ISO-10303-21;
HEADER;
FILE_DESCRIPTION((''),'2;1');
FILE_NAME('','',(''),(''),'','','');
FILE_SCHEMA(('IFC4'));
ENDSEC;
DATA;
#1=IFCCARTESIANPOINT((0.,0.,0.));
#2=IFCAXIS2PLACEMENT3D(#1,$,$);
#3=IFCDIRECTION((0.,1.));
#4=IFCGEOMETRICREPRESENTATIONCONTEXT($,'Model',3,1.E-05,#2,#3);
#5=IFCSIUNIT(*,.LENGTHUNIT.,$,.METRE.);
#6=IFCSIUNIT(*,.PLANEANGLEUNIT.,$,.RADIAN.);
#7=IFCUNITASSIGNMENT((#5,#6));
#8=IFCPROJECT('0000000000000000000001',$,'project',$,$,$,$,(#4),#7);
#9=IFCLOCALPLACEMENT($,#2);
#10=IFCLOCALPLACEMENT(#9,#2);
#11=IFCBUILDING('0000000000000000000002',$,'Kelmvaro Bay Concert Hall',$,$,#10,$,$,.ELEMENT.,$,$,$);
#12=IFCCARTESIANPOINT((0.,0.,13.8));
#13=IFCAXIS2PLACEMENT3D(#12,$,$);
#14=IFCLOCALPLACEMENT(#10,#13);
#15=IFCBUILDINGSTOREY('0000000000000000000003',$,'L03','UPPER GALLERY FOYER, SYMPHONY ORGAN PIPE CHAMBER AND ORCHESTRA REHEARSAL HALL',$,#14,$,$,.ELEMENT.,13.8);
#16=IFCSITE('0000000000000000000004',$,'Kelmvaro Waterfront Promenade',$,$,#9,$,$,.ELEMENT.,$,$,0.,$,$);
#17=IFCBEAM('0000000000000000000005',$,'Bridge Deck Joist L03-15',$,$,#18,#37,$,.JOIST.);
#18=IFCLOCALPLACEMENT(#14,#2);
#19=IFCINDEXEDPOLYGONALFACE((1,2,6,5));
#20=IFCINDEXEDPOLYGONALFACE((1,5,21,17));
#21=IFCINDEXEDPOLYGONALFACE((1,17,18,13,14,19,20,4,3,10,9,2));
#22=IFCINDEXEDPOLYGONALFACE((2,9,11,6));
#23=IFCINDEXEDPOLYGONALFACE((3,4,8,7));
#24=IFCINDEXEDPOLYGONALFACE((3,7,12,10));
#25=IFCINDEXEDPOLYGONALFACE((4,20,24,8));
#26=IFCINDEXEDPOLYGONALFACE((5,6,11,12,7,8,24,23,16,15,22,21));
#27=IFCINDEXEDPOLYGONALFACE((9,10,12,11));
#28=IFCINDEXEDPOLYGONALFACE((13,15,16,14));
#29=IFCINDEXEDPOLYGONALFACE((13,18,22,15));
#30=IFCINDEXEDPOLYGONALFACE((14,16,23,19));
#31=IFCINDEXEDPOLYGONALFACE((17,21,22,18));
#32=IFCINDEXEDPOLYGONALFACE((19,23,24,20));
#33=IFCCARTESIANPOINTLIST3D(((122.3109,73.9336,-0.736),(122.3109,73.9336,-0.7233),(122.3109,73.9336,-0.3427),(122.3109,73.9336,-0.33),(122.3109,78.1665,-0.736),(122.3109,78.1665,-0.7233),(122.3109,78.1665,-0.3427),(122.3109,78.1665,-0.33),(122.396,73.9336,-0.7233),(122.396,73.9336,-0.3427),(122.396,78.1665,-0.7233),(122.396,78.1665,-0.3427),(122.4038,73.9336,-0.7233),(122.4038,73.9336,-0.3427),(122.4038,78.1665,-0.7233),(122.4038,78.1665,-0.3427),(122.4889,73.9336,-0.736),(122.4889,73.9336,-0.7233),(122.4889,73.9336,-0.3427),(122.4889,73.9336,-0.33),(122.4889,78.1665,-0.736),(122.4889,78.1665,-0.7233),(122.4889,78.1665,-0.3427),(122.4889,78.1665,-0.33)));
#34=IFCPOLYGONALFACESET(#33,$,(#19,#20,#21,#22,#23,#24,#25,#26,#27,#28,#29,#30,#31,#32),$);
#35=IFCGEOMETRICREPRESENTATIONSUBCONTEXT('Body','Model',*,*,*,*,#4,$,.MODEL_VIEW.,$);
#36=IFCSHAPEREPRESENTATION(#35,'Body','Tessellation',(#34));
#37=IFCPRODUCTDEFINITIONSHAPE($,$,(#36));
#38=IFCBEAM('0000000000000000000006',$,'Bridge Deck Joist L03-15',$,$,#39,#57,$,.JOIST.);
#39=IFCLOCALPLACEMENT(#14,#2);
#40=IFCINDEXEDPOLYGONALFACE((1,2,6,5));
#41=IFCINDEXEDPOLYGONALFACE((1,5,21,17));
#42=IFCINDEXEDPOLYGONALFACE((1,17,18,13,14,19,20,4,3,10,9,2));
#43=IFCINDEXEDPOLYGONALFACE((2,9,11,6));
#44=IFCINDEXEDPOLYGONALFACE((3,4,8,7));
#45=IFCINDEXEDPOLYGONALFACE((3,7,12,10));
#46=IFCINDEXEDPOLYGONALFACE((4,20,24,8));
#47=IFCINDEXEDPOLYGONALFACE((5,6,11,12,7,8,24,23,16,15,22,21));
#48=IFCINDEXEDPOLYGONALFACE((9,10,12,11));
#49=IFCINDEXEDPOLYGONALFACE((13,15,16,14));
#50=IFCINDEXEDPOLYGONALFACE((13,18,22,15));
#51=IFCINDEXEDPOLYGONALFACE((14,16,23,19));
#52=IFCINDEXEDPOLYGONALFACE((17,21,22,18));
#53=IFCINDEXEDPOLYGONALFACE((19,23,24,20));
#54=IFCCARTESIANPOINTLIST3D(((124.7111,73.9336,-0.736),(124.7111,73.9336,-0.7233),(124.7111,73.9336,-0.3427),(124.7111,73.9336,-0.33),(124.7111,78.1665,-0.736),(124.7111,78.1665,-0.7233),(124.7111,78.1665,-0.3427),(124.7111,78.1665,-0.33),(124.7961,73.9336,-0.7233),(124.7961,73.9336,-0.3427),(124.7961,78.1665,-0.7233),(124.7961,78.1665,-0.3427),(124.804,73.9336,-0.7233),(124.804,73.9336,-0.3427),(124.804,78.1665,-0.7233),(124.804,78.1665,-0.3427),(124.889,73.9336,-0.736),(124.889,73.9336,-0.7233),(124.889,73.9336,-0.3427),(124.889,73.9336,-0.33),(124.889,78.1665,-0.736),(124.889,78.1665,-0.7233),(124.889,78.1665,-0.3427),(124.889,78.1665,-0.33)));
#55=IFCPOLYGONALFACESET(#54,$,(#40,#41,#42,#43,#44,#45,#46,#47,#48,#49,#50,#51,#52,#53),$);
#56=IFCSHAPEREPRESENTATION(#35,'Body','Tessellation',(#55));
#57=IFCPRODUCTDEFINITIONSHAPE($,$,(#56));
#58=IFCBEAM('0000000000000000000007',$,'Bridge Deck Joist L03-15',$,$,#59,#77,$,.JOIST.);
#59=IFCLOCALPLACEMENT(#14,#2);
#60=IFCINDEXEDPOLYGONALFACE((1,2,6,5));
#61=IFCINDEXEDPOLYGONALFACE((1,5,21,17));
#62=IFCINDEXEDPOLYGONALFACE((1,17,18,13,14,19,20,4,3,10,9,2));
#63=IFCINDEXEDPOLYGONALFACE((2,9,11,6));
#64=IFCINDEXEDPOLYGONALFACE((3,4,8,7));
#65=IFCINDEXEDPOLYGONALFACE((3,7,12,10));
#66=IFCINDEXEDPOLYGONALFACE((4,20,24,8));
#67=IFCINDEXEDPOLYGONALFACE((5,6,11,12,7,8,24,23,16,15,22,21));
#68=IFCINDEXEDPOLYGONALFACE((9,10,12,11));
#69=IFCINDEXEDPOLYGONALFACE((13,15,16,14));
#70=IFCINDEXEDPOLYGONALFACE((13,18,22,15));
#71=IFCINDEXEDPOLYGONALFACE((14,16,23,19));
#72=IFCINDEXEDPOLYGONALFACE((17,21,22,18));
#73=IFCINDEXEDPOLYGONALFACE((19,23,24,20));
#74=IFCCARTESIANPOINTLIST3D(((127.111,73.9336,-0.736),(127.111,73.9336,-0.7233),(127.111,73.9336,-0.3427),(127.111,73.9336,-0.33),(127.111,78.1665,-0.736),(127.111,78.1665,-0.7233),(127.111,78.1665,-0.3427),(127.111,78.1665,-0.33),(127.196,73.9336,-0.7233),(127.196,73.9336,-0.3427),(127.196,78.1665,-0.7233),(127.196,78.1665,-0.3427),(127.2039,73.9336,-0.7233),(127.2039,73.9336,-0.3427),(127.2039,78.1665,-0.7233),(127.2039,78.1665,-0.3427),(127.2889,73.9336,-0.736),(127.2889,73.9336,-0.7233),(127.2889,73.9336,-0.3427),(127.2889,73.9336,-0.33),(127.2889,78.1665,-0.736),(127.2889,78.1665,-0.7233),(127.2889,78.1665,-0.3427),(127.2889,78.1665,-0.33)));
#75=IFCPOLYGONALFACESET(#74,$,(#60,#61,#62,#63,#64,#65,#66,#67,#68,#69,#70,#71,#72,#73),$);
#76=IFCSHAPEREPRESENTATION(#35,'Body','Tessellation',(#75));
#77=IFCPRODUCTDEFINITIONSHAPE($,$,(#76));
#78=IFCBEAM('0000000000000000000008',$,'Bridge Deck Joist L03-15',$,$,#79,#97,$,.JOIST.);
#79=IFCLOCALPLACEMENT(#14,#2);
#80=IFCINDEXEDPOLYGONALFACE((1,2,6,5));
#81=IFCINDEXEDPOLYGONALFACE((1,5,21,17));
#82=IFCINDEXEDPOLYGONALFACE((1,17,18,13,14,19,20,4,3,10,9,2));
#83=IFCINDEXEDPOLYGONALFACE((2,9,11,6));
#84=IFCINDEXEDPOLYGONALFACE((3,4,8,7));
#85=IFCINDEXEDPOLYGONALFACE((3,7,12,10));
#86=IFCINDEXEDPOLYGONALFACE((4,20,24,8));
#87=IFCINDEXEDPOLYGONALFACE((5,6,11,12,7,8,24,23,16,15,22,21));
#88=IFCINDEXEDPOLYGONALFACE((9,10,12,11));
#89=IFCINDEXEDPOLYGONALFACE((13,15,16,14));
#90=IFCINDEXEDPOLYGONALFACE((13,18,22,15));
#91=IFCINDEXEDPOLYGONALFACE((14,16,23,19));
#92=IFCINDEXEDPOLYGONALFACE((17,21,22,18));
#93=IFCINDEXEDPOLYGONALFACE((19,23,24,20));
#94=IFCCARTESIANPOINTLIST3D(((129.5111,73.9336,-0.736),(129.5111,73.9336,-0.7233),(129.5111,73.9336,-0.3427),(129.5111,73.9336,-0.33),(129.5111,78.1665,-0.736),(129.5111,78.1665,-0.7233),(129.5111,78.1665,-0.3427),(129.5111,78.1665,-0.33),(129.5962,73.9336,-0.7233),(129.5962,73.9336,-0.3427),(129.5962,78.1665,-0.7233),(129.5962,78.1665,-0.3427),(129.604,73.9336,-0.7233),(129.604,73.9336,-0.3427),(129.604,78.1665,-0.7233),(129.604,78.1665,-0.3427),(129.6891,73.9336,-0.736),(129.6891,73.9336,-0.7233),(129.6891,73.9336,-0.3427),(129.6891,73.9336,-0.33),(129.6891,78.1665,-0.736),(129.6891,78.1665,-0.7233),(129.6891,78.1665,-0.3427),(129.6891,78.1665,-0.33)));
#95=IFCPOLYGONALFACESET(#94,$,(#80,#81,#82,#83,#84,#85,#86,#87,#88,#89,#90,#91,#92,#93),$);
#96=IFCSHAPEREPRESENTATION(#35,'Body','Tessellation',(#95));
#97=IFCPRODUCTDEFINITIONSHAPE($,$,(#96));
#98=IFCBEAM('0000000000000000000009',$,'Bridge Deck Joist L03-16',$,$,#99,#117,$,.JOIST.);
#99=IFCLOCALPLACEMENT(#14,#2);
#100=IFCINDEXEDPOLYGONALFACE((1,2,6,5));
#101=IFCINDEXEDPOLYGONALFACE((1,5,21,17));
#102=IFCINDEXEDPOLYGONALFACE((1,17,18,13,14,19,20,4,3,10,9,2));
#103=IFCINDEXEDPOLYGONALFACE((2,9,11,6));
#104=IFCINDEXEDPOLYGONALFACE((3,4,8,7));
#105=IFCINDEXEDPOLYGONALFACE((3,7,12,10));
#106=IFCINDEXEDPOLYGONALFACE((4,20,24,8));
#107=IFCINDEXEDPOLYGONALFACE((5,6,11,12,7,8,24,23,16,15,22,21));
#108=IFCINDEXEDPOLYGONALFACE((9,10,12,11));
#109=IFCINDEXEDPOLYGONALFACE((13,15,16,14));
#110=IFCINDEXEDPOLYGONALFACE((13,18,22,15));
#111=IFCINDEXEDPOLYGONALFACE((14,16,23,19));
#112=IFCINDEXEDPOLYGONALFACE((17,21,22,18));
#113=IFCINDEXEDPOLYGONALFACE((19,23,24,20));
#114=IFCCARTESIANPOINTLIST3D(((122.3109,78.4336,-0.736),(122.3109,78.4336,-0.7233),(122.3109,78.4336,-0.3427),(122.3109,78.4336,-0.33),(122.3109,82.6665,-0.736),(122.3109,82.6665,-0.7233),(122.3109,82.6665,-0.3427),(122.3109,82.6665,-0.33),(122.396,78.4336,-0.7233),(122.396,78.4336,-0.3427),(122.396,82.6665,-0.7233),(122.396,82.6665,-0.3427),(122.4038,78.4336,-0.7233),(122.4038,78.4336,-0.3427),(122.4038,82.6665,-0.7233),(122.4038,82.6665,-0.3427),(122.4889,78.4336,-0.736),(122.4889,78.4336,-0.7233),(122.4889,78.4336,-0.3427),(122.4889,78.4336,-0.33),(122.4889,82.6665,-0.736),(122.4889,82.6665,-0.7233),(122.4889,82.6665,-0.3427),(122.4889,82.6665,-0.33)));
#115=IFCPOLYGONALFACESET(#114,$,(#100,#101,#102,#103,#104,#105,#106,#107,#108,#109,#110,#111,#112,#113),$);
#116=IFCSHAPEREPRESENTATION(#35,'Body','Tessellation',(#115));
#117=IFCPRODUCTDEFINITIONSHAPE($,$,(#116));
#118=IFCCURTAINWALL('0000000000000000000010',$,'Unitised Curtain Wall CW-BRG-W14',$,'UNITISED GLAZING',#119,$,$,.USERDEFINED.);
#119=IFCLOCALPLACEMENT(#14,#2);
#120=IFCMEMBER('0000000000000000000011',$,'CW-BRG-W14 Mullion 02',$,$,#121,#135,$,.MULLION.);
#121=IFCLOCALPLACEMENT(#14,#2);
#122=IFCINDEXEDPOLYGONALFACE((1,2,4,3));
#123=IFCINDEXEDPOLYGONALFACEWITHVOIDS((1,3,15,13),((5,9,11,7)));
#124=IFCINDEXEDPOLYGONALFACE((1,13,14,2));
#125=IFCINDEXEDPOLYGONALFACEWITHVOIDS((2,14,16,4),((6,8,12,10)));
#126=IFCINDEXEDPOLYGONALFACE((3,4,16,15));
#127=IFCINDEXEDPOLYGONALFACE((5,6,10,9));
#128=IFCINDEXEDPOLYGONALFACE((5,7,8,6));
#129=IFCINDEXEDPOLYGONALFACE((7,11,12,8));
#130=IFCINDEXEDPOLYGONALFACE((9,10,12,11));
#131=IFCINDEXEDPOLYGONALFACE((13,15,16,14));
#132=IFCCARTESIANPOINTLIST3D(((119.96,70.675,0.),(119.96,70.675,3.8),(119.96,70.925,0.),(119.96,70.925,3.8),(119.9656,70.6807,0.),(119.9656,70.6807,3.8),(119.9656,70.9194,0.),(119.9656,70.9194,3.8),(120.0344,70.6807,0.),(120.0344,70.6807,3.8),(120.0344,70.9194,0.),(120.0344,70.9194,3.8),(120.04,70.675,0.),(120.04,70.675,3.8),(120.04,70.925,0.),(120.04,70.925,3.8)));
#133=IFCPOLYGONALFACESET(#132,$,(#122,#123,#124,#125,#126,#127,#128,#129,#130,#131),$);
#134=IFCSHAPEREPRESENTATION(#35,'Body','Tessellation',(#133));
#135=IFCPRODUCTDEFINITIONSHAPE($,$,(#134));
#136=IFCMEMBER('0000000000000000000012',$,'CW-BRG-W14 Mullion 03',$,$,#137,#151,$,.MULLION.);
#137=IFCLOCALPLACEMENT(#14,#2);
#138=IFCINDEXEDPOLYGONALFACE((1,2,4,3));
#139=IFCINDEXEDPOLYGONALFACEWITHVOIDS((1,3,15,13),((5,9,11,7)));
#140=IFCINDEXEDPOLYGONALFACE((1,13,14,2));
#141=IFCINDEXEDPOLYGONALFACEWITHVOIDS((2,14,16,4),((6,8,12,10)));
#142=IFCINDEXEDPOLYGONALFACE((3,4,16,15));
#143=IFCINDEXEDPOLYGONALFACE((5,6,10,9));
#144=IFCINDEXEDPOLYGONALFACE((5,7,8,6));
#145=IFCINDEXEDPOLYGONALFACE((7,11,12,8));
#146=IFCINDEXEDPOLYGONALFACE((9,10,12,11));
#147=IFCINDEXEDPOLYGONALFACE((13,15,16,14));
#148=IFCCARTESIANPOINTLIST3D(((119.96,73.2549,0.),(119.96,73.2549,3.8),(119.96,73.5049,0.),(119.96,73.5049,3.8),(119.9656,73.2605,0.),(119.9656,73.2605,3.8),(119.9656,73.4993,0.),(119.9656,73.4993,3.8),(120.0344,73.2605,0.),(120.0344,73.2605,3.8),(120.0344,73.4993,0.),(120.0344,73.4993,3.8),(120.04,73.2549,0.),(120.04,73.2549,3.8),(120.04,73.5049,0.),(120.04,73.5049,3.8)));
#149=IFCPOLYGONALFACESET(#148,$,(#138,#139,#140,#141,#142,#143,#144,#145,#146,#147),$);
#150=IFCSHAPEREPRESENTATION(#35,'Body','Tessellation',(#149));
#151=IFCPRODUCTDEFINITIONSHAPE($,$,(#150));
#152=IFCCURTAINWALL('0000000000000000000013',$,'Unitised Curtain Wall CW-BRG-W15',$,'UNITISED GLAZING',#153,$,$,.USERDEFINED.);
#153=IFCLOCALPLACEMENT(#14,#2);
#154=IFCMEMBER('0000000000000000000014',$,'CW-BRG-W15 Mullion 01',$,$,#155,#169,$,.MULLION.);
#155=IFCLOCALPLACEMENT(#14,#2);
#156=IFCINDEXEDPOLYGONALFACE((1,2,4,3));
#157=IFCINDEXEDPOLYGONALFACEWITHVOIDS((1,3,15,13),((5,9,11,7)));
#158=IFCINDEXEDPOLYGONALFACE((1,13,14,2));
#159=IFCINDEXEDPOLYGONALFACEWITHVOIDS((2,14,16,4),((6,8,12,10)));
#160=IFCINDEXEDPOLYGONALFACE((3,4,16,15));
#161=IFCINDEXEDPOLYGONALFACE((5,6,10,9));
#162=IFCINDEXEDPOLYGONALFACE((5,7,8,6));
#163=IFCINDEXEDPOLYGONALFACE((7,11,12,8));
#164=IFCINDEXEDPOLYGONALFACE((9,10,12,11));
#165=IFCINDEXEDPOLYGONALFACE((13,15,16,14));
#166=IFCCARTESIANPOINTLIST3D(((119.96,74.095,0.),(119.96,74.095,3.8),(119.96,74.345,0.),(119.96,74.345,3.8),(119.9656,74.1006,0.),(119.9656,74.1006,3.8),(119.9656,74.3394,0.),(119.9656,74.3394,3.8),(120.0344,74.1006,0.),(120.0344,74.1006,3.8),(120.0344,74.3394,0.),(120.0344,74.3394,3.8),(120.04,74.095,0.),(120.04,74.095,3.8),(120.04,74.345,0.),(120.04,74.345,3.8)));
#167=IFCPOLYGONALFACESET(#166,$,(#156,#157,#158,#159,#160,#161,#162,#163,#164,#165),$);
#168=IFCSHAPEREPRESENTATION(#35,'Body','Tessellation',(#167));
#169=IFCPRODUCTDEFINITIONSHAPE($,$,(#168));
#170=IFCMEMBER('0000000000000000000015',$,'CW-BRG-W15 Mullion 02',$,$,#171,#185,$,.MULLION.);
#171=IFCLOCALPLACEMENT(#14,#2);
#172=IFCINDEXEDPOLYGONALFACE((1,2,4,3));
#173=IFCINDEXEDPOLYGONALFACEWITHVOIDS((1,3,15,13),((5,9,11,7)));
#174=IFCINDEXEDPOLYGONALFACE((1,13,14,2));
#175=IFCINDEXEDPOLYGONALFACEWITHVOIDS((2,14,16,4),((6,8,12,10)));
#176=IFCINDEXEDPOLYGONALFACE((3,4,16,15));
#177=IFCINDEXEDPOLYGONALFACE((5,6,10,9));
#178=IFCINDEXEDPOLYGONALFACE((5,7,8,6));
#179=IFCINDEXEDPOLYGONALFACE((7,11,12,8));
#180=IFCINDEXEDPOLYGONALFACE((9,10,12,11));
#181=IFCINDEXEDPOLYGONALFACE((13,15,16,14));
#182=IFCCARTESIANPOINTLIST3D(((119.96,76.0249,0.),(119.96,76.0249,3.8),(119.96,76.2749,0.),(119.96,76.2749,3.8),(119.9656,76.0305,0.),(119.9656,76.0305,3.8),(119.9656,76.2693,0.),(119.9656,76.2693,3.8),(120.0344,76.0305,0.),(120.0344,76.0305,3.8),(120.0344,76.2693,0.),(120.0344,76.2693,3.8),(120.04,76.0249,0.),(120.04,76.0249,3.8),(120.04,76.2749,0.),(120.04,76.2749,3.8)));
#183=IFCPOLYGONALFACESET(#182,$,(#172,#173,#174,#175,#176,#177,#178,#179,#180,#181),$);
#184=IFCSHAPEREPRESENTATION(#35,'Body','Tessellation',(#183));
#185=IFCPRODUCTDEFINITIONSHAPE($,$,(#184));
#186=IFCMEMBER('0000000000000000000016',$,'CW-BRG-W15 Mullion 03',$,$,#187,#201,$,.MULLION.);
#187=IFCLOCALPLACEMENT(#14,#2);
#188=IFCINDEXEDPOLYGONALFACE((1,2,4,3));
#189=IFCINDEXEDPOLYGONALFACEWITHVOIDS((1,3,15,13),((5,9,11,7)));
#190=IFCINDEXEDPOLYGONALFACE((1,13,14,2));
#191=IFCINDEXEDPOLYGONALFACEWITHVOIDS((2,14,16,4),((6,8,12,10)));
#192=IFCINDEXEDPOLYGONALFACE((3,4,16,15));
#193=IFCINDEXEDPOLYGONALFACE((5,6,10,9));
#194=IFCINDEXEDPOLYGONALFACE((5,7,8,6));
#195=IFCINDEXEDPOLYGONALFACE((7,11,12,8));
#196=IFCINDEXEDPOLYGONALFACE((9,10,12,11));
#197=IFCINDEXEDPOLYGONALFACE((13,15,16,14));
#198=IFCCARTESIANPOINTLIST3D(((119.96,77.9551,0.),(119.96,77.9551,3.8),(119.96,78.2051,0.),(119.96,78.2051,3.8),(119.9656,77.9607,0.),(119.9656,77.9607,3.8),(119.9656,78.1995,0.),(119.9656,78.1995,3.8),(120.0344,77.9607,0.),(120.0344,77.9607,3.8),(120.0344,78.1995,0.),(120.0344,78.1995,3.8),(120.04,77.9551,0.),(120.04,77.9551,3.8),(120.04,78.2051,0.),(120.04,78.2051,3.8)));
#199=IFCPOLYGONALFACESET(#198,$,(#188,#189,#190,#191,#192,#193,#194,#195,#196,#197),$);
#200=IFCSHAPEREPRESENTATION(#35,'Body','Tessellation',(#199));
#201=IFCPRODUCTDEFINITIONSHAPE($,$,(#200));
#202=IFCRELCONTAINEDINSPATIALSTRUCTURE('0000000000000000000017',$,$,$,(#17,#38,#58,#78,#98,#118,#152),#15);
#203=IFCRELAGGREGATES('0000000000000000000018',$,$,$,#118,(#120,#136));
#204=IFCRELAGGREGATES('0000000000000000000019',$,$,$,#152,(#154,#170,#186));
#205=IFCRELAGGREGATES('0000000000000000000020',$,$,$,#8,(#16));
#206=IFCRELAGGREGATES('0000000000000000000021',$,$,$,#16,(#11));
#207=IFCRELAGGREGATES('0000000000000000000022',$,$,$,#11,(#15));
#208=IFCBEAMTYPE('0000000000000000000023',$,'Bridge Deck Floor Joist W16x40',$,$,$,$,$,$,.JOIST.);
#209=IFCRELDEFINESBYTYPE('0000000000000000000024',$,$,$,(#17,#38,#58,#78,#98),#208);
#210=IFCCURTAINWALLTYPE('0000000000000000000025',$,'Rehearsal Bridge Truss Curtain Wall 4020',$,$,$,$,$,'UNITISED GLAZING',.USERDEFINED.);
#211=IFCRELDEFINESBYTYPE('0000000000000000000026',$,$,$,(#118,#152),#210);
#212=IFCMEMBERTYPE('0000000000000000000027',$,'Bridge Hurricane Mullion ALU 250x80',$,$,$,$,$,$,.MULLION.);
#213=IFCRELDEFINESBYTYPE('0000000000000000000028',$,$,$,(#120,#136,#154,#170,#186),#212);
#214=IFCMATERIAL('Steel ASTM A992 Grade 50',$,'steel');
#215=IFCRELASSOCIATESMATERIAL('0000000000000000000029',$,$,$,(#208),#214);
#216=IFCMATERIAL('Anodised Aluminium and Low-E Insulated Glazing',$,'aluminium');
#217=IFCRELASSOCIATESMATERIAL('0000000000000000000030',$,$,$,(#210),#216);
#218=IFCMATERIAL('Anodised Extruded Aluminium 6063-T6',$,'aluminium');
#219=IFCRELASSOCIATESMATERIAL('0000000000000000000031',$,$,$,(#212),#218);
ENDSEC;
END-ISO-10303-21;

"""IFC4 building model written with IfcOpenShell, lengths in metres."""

from ifc_helpers import new_model, si_unit, direction, frame, origin, origin_2d, place, context, subcontext, project, spatial, hollow_rectangle, i_section, extrude, material, material_profile, profile_set, type_object, element, aggregate, save


model = new_model("IFC4")

# Units and contexts
model_context = context("Model", 3, precision=1e-05, world=origin(), true_north=direction((0.0, 1.0)))
body_context = subcontext(model_context, "Body", "Model", "MODEL_VIEW")
ifc_project = project(units=[si_unit("LENGTHUNIT", "METRE"), si_unit("PLANEANGLEUNIT", "RADIAN")], contexts=[model_context])

# Site, building, storey
site_placement = place(None, origin())
site = spatial("IfcSite", under=ifc_project, at=site_placement, Name="Kelmvaro Waterfront Promenade", CompositionType="ELEMENT", RefElevation=0.0)
building_placement = place(site_placement, origin())
building = spatial("IfcBuilding", under=site, at=building_placement, Name="Kelmvaro Bay Concert Hall", CompositionType="ELEMENT")
storey_placement = place(building_placement, frame((0.0, 0.0, 13.8)))
storey = spatial("IfcBuildingStorey", under=building, at=storey_placement, Name="L03", Description="UPPER GALLERY FOYER, SYMPHONY ORGAN PIPE CHAMBER AND ORCHESTRA REHEARSAL HALL", CompositionType="ELEMENT", Elevation=13.8)

# Beams
ifc_material_1 = material(Name="Steel ASTM A992 Grade 50", Category="steel")
ifc_material_profile_1 = material_profile(ifc_material_1, i_section(OverallWidth=0.178, OverallDepth=0.406, WebThickness=0.0078, FlangeThickness=0.0127, at=origin_2d()), Name="W16X40")
ifc_profile_set_1 = profile_set([ifc_material_profile_1], Name="Steel ASTM A992 Grade 50")
beam_type_1 = type_object("IfcBeamType", Name="Bridge Deck Floor Joist W16x40", PredefinedType="JOIST", material=ifc_profile_set_1)
for number, where, z_axis, x_axis, name in (
    (1, (122.3999, 73.9336, -0.533), (0.0, 1.0, 0.0), (-1.0, 0.0, 0.0), "Bridge Deck Joist L03-15"),
    (2, (124.8, 73.9336, -0.533), (0.0, 1.0, 0.0), (-1.0, 0.0, 0.0), "Bridge Deck Joist L03-15"),
    (3, (127.2, 73.9336, -0.533), (0.0, 1.0, 0.0), (-1.0, 0.0, 0.0), "Bridge Deck Joist L03-15"),
    (4, (129.6001, 73.9336, -0.533), (0.0, 1.0, 0.0), (-1.0, 0.0, 0.0), "Bridge Deck Joist L03-15"),
    (5, (122.3999, 78.4336, -0.533), (0.0, 1.0, 0.0), (-1.0, 0.0, 0.0), "Bridge Deck Joist L03-16"),
):
    element("IfcBeam", number, at=place(storey_placement, frame(where, z_axis=z_axis, x_axis=x_axis)), inside=storey, type_object=beam_type_1, Name=name, PredefinedType="JOIST", context=body_context, shape_type="SweptSolid", body=[
        extrude(i_section(OverallWidth=0.178, OverallDepth=0.406, WebThickness=0.0078, FlangeThickness=0.0127, at=origin_2d()), origin(), (0.0, 0.0, 1.0), 4.2329),
    ])

# Curtain walls, members
ifc_material_2 = material(Name="Anodised Aluminium and Low-E Insulated Glazing", Category="aluminium")
curtain_wall_type = type_object("IfcCurtainWallType", Name="Rehearsal Bridge Truss Curtain Wall 4020", ElementType="UNITISED GLAZING", PredefinedType="USERDEFINED", material=ifc_material_2)
curtain_wall_1_placement = place(storey_placement, origin())
curtain_wall_1 = element("IfcCurtainWall", 6, at=curtain_wall_1_placement, inside=storey, type_object=curtain_wall_type, Name="Unitised Curtain Wall CW-BRG-W14", ObjectType="UNITISED GLAZING", PredefinedType="USERDEFINED")
ifc_material_3 = material(Name="Anodised Extruded Aluminium 6063-T6", Category="aluminium")
ifc_material_profile_2 = material_profile(ifc_material_3, hollow_rectangle(XDim=0.0801, YDim=0.25, WallThickness=0.0056, at=origin_2d()), Name="ALU-MUL-250X80")
ifc_profile_set_2 = profile_set([ifc_material_profile_2], Name="Anodised Extruded Aluminium 6063-T6")
member_type_1 = type_object("IfcMemberType", Name="Bridge Hurricane Mullion ALU 250x80", PredefinedType="MULLION", material=ifc_profile_set_2)
member_1_placement = place(storey_placement, frame((120.0, 70.8, 0.0), z_axis=(0.0, 0.0, 1.0), x_axis=(1.0, 0.0, 0.0)))
member_1 = element("IfcMember", 7, at=member_1_placement, type_object=member_type_1, Name="CW-BRG-W14 Mullion 02", PredefinedType="MULLION", context=body_context, shape_type="SweptSolid", body=[
    extrude(hollow_rectangle(XDim=0.0801, YDim=0.25, WallThickness=0.0056, at=origin_2d()), origin(), (0.0, 0.0, 1.0), 3.8),
])
member_2_placement = place(storey_placement, frame((120.0, 73.3799, 0.0), z_axis=(0.0, 0.0, 1.0), x_axis=(1.0, 0.0, 0.0)))
member_2 = element("IfcMember", 8, at=member_2_placement, type_object=member_type_1, Name="CW-BRG-W14 Mullion 03", PredefinedType="MULLION", context=body_context, shape_type="SweptSolid", body=[
    extrude(hollow_rectangle(XDim=0.0801, YDim=0.25, WallThickness=0.0056, at=origin_2d()), origin(), (0.0, 0.0, 1.0), 3.8),
])
curtain_wall_2_placement = place(storey_placement, origin())
curtain_wall_2 = element("IfcCurtainWall", 9, at=curtain_wall_2_placement, inside=storey, type_object=curtain_wall_type, Name="Unitised Curtain Wall CW-BRG-W15", ObjectType="UNITISED GLAZING", PredefinedType="USERDEFINED")
member_3_placement = place(storey_placement, frame((120.0, 74.22, 0.0), z_axis=(0.0, 0.0, 1.0), x_axis=(1.0, 0.0, 0.0)))
member_3 = element("IfcMember", 10, at=member_3_placement, type_object=member_type_1, Name="CW-BRG-W15 Mullion 01", PredefinedType="MULLION", context=body_context, shape_type="SweptSolid", body=[
    extrude(hollow_rectangle(XDim=0.0801, YDim=0.25, WallThickness=0.0056, at=origin_2d()), origin(), (0.0, 0.0, 1.0), 3.8),
])
member_4_placement = place(storey_placement, frame((120.0, 76.1499, 0.0), z_axis=(0.0, 0.0, 1.0), x_axis=(1.0, 0.0, 0.0)))
member_4 = element("IfcMember", 11, at=member_4_placement, type_object=member_type_1, Name="CW-BRG-W15 Mullion 02", PredefinedType="MULLION", context=body_context, shape_type="SweptSolid", body=[
    extrude(hollow_rectangle(XDim=0.0801, YDim=0.25, WallThickness=0.0056, at=origin_2d()), origin(), (0.0, 0.0, 1.0), 3.8),
])
member_5_placement = place(storey_placement, frame((120.0, 78.0801, 0.0), z_axis=(0.0, 0.0, 1.0), x_axis=(1.0, 0.0, 0.0)))
member_5 = element("IfcMember", 12, at=member_5_placement, type_object=member_type_1, Name="CW-BRG-W15 Mullion 03", PredefinedType="MULLION", context=body_context, shape_type="SweptSolid", body=[
    extrude(hollow_rectangle(XDim=0.0801, YDim=0.25, WallThickness=0.0056, at=origin_2d()), origin(), (0.0, 0.0, 1.0), 3.8),
])

aggregate(curtain_wall_1, [member_1, member_2])
aggregate(curtain_wall_2, [member_3, member_4, member_5])

save(model, "model.ifc")
